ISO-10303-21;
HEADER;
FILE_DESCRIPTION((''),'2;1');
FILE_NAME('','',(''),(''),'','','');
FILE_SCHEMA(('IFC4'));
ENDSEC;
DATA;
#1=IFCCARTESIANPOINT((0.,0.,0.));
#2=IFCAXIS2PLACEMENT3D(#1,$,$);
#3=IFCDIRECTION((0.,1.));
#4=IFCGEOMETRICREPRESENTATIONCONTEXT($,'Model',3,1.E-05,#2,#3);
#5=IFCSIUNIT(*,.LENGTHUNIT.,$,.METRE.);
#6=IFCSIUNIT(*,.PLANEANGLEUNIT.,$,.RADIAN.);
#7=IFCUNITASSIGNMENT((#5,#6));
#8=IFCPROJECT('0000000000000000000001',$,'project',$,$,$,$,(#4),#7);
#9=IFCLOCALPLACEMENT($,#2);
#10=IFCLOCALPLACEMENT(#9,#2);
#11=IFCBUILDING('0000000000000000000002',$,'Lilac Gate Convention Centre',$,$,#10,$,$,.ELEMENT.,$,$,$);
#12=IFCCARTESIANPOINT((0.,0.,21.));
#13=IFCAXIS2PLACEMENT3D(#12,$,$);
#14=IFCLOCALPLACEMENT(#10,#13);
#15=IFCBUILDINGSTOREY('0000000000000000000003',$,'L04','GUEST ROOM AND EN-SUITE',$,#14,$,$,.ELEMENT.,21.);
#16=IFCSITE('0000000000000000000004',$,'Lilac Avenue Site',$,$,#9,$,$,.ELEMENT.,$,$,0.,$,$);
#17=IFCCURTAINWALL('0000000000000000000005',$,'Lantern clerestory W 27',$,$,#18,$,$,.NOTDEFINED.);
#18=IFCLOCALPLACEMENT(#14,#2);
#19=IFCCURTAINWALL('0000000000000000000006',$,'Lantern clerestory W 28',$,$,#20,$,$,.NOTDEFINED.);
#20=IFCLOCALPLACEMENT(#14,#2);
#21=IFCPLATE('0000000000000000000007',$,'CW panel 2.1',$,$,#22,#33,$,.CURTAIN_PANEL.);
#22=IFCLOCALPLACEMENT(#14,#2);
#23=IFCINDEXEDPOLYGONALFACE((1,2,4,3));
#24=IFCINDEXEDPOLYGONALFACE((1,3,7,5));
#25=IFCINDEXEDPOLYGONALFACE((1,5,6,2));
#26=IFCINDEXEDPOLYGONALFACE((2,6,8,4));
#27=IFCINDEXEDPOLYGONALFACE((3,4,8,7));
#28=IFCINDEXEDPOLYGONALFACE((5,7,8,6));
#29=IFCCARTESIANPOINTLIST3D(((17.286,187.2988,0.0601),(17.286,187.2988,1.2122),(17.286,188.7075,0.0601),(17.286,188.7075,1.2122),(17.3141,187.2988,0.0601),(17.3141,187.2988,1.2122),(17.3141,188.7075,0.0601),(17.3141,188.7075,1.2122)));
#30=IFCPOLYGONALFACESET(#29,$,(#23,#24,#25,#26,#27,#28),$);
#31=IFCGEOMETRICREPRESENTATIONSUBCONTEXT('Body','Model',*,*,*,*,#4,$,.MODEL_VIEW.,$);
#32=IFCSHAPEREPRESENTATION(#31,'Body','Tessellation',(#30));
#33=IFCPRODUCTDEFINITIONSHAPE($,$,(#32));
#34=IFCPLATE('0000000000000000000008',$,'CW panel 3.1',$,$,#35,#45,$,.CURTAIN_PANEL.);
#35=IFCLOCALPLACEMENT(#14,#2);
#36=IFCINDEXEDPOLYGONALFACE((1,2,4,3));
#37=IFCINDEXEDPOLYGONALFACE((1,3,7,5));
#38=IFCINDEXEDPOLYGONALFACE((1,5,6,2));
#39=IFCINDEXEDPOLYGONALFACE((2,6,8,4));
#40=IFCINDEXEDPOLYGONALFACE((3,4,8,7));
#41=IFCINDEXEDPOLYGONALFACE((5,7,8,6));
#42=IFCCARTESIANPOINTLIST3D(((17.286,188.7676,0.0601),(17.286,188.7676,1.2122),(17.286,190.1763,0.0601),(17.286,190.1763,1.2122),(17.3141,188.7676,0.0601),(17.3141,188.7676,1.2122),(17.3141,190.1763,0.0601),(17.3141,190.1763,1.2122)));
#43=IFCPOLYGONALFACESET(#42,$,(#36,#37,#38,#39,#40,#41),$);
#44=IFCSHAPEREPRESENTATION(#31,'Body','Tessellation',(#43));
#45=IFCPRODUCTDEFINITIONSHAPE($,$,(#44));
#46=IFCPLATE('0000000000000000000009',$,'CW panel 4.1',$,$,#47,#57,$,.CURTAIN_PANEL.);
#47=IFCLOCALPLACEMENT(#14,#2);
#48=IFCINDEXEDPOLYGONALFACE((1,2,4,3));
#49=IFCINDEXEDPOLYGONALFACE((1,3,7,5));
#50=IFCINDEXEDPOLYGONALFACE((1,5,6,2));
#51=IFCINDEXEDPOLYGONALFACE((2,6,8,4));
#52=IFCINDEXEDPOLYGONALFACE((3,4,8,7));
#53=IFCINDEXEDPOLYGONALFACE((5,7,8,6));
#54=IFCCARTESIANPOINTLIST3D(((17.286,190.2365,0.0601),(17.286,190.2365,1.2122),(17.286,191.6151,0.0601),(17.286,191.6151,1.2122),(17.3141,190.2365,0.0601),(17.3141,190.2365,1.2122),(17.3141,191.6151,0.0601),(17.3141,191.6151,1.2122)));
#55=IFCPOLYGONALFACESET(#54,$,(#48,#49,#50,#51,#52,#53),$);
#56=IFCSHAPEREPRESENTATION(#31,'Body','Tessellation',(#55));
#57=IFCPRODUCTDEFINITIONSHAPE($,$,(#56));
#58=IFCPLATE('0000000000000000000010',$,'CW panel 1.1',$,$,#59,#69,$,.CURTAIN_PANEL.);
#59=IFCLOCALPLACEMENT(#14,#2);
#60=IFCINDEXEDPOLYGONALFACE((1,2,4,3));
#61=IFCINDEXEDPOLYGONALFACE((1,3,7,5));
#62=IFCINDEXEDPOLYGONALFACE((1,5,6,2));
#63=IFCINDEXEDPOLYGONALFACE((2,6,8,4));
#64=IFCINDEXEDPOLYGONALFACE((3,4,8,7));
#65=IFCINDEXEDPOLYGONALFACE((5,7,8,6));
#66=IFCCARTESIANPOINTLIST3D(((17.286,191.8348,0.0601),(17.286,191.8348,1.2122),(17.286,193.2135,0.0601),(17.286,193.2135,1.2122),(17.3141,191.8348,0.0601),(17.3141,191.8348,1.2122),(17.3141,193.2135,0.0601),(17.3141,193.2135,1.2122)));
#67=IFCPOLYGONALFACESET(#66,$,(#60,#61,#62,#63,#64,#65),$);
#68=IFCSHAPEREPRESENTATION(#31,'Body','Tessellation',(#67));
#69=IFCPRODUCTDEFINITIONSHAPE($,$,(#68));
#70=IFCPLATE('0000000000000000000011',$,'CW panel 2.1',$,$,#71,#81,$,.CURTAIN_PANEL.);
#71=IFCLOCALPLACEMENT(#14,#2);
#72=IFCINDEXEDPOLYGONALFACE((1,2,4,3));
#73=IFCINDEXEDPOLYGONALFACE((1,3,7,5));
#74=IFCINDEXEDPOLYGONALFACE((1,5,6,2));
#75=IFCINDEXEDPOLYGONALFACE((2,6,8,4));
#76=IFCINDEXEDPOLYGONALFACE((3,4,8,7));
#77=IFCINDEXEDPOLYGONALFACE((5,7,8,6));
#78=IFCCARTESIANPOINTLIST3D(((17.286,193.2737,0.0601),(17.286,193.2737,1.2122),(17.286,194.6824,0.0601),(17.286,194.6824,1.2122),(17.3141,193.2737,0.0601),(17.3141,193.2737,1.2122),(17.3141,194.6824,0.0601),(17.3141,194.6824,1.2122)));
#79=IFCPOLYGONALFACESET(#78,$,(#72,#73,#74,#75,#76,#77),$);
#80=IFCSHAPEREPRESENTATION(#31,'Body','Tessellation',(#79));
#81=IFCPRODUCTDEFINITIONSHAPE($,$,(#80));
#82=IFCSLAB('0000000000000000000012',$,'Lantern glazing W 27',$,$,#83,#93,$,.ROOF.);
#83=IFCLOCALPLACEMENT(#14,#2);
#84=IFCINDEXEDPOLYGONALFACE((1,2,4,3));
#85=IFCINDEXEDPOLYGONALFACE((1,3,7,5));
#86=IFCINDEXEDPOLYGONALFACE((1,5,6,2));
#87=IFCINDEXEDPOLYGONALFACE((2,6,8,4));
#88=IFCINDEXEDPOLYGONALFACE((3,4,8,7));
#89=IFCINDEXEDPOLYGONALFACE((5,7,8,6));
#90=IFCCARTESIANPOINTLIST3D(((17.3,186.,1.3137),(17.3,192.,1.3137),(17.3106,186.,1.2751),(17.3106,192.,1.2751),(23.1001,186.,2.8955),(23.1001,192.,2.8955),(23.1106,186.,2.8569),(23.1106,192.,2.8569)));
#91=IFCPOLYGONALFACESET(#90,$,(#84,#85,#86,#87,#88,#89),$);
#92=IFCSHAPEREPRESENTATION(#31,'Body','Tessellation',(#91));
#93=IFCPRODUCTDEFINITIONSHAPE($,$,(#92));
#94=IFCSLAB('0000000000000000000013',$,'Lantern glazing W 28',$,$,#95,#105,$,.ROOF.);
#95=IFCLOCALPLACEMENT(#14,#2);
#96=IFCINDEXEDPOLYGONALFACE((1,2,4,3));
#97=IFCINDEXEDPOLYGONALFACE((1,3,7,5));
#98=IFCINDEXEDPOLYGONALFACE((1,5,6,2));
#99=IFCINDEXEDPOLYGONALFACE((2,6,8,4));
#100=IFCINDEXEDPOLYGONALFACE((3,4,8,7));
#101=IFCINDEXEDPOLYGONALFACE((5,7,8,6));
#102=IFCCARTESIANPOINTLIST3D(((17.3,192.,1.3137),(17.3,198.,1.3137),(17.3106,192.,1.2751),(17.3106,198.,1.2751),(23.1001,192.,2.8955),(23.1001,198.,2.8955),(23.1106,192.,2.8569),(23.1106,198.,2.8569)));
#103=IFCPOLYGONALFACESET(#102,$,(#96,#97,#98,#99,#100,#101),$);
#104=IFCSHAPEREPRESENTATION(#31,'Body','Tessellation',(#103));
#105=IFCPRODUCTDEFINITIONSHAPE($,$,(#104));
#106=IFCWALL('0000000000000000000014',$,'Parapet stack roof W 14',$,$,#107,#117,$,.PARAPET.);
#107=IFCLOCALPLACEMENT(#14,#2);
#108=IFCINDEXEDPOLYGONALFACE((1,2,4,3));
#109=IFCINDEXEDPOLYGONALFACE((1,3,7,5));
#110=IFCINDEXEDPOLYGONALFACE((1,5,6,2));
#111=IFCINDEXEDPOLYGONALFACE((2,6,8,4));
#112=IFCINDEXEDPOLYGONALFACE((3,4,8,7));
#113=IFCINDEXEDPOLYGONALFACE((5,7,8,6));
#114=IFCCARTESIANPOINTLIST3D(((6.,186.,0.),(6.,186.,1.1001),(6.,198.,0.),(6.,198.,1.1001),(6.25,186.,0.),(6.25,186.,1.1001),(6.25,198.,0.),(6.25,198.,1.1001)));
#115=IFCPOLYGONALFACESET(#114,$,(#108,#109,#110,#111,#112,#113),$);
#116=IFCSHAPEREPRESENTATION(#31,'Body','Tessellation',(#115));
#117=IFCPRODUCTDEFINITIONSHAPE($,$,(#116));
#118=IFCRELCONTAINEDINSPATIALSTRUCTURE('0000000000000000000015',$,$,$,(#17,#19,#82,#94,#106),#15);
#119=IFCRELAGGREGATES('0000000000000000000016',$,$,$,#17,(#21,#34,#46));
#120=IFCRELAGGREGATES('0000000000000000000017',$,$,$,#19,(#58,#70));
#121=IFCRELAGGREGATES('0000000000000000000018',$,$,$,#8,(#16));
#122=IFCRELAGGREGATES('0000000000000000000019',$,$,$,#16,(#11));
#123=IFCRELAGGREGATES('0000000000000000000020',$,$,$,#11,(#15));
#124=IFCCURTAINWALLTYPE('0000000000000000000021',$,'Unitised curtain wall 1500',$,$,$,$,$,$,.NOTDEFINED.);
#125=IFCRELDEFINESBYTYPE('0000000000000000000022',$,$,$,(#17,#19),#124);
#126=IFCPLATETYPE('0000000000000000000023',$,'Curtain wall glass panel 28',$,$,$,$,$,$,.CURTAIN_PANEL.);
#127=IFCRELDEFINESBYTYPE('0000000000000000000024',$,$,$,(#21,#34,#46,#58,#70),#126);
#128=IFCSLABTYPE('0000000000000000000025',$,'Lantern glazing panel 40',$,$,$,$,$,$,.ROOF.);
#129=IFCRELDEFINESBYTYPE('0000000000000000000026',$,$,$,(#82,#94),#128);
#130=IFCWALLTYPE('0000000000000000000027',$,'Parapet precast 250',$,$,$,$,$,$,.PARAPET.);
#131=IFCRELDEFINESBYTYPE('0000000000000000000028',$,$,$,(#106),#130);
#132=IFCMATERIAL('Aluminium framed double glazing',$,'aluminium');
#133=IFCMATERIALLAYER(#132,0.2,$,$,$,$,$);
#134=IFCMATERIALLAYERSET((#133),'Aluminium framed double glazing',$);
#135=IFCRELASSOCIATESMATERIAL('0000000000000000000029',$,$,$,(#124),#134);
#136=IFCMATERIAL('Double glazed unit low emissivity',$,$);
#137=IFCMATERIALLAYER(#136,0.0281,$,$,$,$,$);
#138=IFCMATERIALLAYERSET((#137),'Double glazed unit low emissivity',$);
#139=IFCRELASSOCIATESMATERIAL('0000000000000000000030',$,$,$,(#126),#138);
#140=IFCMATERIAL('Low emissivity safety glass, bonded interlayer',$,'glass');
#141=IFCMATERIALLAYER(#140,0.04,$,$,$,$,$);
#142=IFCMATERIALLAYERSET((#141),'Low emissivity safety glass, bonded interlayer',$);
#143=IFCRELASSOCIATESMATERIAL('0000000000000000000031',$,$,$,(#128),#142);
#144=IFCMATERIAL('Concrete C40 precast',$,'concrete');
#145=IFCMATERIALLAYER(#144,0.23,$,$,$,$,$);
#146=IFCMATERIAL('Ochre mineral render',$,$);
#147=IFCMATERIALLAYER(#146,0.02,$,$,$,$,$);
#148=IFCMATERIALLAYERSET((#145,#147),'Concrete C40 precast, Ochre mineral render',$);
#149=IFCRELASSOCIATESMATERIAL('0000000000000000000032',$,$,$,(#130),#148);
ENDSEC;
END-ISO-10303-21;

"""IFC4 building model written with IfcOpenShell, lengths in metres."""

from ifc_helpers import new_model, si_unit, direction, frame, frame_2d, origin, origin_2d, place, context, subcontext, project, spatial, polyline, rectangle, outline, extrude, material, layer, layer_set, type_object, element, aggregate, save


model = new_model("IFC4")

# Units and contexts
model_context = context("Model", 3, precision=1e-05, world=origin(), true_north=direction((0.0, 1.0)))
body_context = subcontext(model_context, "Body", "Model", "MODEL_VIEW")
ifc_project = project(units=[si_unit("LENGTHUNIT", "METRE"), si_unit("PLANEANGLEUNIT", "RADIAN")], contexts=[model_context])

# Site, building, storey
site_placement = place(None, origin())
site = spatial("IfcSite", under=ifc_project, at=site_placement, Name="Lilac Avenue Site", CompositionType="ELEMENT", RefElevation=0.0)
building_placement = place(site_placement, origin())
building = spatial("IfcBuilding", under=site, at=building_placement, Name="Lilac Gate Convention Centre", CompositionType="ELEMENT")
storey_placement = place(building_placement, frame((0.0, 0.0, 21.0)))
storey = spatial("IfcBuildingStorey", under=building, at=storey_placement, Name="L04", Description="GUEST ROOM AND EN-SUITE", CompositionType="ELEMENT", Elevation=21.0)

# Shared definitions
ifc_material_1 = material(Name="Aluminium framed double glazing", Category="aluminium")
ifc_layer_1 = layer(ifc_material_1, 0.2)
ifc_layer_set_1 = layer_set([ifc_layer_1], Name="Aluminium framed double glazing")
curtain_wall_type = type_object("IfcCurtainWallType", Name="Unitised curtain wall 1500", PredefinedType="NOTDEFINED", material=ifc_layer_set_1)

# Curtain walls
curtain_wall_1_placement = place(storey_placement, origin())
curtain_wall_1 = element("IfcCurtainWall", 1, at=curtain_wall_1_placement, inside=storey, type_object=curtain_wall_type, Name="Lantern clerestory W 27", PredefinedType="NOTDEFINED")
curtain_wall_2_placement = place(storey_placement, origin())
curtain_wall_2 = element("IfcCurtainWall", 2, at=curtain_wall_2_placement, inside=storey, type_object=curtain_wall_type, Name="Lantern clerestory W 28", PredefinedType="NOTDEFINED")

# Plates
ifc_material_2 = material(Name="Double glazed unit low emissivity")
ifc_layer_2 = layer(ifc_material_2, 0.0281)
ifc_layer_set_2 = layer_set([ifc_layer_2], Name="Double glazed unit low emissivity")
plate_type = type_object("IfcPlateType", Name="Curtain wall glass panel 28", PredefinedType="CURTAIN_PANEL", material=ifc_layer_set_2)
plate_1_placement = place(storey_placement, frame((17.3, 188.0032, 0.0601), z_axis=(0.0, 0.0, 1.0), x_axis=(0.0, 1.0, 0.0)))
plate_1 = element("IfcPlate", 3, at=plate_1_placement, type_object=plate_type, Name="CW panel 2.1", PredefinedType="CURTAIN_PANEL", context=body_context, shape_type="SweptSolid", body=[
    extrude(rectangle(XDim=1.4087, YDim=0.0281, at=origin_2d()), origin(), (0.0, 0.0, 1.0), 1.1521),
])
plate_2_placement = place(storey_placement, frame((17.3, 189.4719, 0.0601), z_axis=(0.0, 0.0, 1.0), x_axis=(0.0, 1.0, 0.0)))
plate_2 = element("IfcPlate", 4, at=plate_2_placement, type_object=plate_type, Name="CW panel 3.1", PredefinedType="CURTAIN_PANEL", context=body_context, shape_type="SweptSolid", body=[
    extrude(rectangle(XDim=1.4087, YDim=0.0281, at=origin_2d()), origin(), (0.0, 0.0, 1.0), 1.1521),
])
plate_3_placement = place(storey_placement, frame((17.3, 190.9258, 0.0601), z_axis=(0.0, 0.0, 1.0), x_axis=(0.0, 1.0, 0.0)))
plate_3 = element("IfcPlate", 5, at=plate_3_placement, type_object=plate_type, Name="CW panel 4.1", PredefinedType="CURTAIN_PANEL", context=body_context, shape_type="SweptSolid", body=[
    extrude(rectangle(XDim=1.3787, YDim=0.0281, at=origin_2d()), origin(), (0.0, 0.0, 1.0), 1.1521),
])
aggregate(curtain_wall_1, [plate_1, plate_2, plate_3])
plate_4_placement = place(storey_placement, frame((17.3, 192.5242, 0.0601), z_axis=(0.0, 0.0, 1.0), x_axis=(0.0, 1.0, 0.0)))
plate_4 = element("IfcPlate", 6, at=plate_4_placement, type_object=plate_type, Name="CW panel 1.1", PredefinedType="CURTAIN_PANEL", context=body_context, shape_type="SweptSolid", body=[
    extrude(rectangle(XDim=1.3787, YDim=0.0281, at=origin_2d()), origin(), (0.0, 0.0, 1.0), 1.1521),
])
plate_5_placement = place(storey_placement, frame((17.3, 193.978, 0.0601), z_axis=(0.0, 0.0, 1.0), x_axis=(0.0, 1.0, 0.0)))
plate_5 = element("IfcPlate", 7, at=plate_5_placement, type_object=plate_type, Name="CW panel 2.1", PredefinedType="CURTAIN_PANEL", context=body_context, shape_type="SweptSolid", body=[
    extrude(rectangle(XDim=1.4087, YDim=0.0281, at=origin_2d()), origin(), (0.0, 0.0, 1.0), 1.1521),
])
aggregate(curtain_wall_2, [plate_4, plate_5])

# Slabs
ifc_material_3 = material(Name="Low emissivity safety glass, bonded interlayer", Category="glass")
ifc_layer_3 = layer(ifc_material_3, 0.04)
ifc_layer_set_3 = layer_set([ifc_layer_3], Name="Low emissivity safety glass, bonded interlayer")
slab_type = type_object("IfcSlabType", Name="Lantern glazing panel 40", PredefinedType="ROOF", material=ifc_layer_set_3)
for number, where, z_axis, x_axis, name in (
    (8, (17.3, 186.0, 1.3137), (-0.263111, 0.0, 0.964766), (0.964766, 0.0, 0.263111), "Lantern glazing W 27"),
    (9, (17.3, 192.0, 1.3137), (-0.263111, 0.0, 0.964766), (0.964766, 0.0, 0.263111), "Lantern glazing W 28"),
):
    element("IfcSlab", number, at=place(storey_placement, frame(where, z_axis=z_axis, x_axis=x_axis)), inside=storey, type_object=slab_type, Name=name, PredefinedType="ROOF", context=body_context, shape_type="SweptSolid", body=[
        extrude(outline(polyline([(0.0, 0.0), (6.0119, 0.0), (6.0119, 6.0), (0.0, 6.0), (0.0, 0.0)])), origin(), (0.0, 0.0, -1.0), 0.04),
    ])

# Wall
ifc_material_4 = material(Name="Concrete C40 precast", Category="concrete")
ifc_layer_4 = layer(ifc_material_4, 0.23)
ifc_material_5 = material(Name="Ochre mineral render")
ifc_layer_5 = layer(ifc_material_5, 0.02)
ifc_layer_set_4 = layer_set([ifc_layer_4, ifc_layer_5], Name="Concrete C40 precast, Ochre mineral render")
wall_type = type_object("IfcWallType", Name="Parapet precast 250", PredefinedType="PARAPET", material=ifc_layer_set_4)
wall_placement = place(storey_placement, frame((6.125, 186.0, 0.0), z_axis=(0.0, 0.0, 1.0), x_axis=(0.0, 1.0, 0.0)))
element("IfcWall", 10, at=wall_placement, inside=storey, type_object=wall_type, Name="Parapet stack roof W 14", PredefinedType="PARAPET", context=body_context, shape_type="SweptSolid", body=[
    extrude(rectangle(XDim=12.0, YDim=0.25, at=frame_2d((6.0, 0.0))), origin(), (0.0, 0.0, 1.0), 1.1001),
])

save(model, "model.ifc")
